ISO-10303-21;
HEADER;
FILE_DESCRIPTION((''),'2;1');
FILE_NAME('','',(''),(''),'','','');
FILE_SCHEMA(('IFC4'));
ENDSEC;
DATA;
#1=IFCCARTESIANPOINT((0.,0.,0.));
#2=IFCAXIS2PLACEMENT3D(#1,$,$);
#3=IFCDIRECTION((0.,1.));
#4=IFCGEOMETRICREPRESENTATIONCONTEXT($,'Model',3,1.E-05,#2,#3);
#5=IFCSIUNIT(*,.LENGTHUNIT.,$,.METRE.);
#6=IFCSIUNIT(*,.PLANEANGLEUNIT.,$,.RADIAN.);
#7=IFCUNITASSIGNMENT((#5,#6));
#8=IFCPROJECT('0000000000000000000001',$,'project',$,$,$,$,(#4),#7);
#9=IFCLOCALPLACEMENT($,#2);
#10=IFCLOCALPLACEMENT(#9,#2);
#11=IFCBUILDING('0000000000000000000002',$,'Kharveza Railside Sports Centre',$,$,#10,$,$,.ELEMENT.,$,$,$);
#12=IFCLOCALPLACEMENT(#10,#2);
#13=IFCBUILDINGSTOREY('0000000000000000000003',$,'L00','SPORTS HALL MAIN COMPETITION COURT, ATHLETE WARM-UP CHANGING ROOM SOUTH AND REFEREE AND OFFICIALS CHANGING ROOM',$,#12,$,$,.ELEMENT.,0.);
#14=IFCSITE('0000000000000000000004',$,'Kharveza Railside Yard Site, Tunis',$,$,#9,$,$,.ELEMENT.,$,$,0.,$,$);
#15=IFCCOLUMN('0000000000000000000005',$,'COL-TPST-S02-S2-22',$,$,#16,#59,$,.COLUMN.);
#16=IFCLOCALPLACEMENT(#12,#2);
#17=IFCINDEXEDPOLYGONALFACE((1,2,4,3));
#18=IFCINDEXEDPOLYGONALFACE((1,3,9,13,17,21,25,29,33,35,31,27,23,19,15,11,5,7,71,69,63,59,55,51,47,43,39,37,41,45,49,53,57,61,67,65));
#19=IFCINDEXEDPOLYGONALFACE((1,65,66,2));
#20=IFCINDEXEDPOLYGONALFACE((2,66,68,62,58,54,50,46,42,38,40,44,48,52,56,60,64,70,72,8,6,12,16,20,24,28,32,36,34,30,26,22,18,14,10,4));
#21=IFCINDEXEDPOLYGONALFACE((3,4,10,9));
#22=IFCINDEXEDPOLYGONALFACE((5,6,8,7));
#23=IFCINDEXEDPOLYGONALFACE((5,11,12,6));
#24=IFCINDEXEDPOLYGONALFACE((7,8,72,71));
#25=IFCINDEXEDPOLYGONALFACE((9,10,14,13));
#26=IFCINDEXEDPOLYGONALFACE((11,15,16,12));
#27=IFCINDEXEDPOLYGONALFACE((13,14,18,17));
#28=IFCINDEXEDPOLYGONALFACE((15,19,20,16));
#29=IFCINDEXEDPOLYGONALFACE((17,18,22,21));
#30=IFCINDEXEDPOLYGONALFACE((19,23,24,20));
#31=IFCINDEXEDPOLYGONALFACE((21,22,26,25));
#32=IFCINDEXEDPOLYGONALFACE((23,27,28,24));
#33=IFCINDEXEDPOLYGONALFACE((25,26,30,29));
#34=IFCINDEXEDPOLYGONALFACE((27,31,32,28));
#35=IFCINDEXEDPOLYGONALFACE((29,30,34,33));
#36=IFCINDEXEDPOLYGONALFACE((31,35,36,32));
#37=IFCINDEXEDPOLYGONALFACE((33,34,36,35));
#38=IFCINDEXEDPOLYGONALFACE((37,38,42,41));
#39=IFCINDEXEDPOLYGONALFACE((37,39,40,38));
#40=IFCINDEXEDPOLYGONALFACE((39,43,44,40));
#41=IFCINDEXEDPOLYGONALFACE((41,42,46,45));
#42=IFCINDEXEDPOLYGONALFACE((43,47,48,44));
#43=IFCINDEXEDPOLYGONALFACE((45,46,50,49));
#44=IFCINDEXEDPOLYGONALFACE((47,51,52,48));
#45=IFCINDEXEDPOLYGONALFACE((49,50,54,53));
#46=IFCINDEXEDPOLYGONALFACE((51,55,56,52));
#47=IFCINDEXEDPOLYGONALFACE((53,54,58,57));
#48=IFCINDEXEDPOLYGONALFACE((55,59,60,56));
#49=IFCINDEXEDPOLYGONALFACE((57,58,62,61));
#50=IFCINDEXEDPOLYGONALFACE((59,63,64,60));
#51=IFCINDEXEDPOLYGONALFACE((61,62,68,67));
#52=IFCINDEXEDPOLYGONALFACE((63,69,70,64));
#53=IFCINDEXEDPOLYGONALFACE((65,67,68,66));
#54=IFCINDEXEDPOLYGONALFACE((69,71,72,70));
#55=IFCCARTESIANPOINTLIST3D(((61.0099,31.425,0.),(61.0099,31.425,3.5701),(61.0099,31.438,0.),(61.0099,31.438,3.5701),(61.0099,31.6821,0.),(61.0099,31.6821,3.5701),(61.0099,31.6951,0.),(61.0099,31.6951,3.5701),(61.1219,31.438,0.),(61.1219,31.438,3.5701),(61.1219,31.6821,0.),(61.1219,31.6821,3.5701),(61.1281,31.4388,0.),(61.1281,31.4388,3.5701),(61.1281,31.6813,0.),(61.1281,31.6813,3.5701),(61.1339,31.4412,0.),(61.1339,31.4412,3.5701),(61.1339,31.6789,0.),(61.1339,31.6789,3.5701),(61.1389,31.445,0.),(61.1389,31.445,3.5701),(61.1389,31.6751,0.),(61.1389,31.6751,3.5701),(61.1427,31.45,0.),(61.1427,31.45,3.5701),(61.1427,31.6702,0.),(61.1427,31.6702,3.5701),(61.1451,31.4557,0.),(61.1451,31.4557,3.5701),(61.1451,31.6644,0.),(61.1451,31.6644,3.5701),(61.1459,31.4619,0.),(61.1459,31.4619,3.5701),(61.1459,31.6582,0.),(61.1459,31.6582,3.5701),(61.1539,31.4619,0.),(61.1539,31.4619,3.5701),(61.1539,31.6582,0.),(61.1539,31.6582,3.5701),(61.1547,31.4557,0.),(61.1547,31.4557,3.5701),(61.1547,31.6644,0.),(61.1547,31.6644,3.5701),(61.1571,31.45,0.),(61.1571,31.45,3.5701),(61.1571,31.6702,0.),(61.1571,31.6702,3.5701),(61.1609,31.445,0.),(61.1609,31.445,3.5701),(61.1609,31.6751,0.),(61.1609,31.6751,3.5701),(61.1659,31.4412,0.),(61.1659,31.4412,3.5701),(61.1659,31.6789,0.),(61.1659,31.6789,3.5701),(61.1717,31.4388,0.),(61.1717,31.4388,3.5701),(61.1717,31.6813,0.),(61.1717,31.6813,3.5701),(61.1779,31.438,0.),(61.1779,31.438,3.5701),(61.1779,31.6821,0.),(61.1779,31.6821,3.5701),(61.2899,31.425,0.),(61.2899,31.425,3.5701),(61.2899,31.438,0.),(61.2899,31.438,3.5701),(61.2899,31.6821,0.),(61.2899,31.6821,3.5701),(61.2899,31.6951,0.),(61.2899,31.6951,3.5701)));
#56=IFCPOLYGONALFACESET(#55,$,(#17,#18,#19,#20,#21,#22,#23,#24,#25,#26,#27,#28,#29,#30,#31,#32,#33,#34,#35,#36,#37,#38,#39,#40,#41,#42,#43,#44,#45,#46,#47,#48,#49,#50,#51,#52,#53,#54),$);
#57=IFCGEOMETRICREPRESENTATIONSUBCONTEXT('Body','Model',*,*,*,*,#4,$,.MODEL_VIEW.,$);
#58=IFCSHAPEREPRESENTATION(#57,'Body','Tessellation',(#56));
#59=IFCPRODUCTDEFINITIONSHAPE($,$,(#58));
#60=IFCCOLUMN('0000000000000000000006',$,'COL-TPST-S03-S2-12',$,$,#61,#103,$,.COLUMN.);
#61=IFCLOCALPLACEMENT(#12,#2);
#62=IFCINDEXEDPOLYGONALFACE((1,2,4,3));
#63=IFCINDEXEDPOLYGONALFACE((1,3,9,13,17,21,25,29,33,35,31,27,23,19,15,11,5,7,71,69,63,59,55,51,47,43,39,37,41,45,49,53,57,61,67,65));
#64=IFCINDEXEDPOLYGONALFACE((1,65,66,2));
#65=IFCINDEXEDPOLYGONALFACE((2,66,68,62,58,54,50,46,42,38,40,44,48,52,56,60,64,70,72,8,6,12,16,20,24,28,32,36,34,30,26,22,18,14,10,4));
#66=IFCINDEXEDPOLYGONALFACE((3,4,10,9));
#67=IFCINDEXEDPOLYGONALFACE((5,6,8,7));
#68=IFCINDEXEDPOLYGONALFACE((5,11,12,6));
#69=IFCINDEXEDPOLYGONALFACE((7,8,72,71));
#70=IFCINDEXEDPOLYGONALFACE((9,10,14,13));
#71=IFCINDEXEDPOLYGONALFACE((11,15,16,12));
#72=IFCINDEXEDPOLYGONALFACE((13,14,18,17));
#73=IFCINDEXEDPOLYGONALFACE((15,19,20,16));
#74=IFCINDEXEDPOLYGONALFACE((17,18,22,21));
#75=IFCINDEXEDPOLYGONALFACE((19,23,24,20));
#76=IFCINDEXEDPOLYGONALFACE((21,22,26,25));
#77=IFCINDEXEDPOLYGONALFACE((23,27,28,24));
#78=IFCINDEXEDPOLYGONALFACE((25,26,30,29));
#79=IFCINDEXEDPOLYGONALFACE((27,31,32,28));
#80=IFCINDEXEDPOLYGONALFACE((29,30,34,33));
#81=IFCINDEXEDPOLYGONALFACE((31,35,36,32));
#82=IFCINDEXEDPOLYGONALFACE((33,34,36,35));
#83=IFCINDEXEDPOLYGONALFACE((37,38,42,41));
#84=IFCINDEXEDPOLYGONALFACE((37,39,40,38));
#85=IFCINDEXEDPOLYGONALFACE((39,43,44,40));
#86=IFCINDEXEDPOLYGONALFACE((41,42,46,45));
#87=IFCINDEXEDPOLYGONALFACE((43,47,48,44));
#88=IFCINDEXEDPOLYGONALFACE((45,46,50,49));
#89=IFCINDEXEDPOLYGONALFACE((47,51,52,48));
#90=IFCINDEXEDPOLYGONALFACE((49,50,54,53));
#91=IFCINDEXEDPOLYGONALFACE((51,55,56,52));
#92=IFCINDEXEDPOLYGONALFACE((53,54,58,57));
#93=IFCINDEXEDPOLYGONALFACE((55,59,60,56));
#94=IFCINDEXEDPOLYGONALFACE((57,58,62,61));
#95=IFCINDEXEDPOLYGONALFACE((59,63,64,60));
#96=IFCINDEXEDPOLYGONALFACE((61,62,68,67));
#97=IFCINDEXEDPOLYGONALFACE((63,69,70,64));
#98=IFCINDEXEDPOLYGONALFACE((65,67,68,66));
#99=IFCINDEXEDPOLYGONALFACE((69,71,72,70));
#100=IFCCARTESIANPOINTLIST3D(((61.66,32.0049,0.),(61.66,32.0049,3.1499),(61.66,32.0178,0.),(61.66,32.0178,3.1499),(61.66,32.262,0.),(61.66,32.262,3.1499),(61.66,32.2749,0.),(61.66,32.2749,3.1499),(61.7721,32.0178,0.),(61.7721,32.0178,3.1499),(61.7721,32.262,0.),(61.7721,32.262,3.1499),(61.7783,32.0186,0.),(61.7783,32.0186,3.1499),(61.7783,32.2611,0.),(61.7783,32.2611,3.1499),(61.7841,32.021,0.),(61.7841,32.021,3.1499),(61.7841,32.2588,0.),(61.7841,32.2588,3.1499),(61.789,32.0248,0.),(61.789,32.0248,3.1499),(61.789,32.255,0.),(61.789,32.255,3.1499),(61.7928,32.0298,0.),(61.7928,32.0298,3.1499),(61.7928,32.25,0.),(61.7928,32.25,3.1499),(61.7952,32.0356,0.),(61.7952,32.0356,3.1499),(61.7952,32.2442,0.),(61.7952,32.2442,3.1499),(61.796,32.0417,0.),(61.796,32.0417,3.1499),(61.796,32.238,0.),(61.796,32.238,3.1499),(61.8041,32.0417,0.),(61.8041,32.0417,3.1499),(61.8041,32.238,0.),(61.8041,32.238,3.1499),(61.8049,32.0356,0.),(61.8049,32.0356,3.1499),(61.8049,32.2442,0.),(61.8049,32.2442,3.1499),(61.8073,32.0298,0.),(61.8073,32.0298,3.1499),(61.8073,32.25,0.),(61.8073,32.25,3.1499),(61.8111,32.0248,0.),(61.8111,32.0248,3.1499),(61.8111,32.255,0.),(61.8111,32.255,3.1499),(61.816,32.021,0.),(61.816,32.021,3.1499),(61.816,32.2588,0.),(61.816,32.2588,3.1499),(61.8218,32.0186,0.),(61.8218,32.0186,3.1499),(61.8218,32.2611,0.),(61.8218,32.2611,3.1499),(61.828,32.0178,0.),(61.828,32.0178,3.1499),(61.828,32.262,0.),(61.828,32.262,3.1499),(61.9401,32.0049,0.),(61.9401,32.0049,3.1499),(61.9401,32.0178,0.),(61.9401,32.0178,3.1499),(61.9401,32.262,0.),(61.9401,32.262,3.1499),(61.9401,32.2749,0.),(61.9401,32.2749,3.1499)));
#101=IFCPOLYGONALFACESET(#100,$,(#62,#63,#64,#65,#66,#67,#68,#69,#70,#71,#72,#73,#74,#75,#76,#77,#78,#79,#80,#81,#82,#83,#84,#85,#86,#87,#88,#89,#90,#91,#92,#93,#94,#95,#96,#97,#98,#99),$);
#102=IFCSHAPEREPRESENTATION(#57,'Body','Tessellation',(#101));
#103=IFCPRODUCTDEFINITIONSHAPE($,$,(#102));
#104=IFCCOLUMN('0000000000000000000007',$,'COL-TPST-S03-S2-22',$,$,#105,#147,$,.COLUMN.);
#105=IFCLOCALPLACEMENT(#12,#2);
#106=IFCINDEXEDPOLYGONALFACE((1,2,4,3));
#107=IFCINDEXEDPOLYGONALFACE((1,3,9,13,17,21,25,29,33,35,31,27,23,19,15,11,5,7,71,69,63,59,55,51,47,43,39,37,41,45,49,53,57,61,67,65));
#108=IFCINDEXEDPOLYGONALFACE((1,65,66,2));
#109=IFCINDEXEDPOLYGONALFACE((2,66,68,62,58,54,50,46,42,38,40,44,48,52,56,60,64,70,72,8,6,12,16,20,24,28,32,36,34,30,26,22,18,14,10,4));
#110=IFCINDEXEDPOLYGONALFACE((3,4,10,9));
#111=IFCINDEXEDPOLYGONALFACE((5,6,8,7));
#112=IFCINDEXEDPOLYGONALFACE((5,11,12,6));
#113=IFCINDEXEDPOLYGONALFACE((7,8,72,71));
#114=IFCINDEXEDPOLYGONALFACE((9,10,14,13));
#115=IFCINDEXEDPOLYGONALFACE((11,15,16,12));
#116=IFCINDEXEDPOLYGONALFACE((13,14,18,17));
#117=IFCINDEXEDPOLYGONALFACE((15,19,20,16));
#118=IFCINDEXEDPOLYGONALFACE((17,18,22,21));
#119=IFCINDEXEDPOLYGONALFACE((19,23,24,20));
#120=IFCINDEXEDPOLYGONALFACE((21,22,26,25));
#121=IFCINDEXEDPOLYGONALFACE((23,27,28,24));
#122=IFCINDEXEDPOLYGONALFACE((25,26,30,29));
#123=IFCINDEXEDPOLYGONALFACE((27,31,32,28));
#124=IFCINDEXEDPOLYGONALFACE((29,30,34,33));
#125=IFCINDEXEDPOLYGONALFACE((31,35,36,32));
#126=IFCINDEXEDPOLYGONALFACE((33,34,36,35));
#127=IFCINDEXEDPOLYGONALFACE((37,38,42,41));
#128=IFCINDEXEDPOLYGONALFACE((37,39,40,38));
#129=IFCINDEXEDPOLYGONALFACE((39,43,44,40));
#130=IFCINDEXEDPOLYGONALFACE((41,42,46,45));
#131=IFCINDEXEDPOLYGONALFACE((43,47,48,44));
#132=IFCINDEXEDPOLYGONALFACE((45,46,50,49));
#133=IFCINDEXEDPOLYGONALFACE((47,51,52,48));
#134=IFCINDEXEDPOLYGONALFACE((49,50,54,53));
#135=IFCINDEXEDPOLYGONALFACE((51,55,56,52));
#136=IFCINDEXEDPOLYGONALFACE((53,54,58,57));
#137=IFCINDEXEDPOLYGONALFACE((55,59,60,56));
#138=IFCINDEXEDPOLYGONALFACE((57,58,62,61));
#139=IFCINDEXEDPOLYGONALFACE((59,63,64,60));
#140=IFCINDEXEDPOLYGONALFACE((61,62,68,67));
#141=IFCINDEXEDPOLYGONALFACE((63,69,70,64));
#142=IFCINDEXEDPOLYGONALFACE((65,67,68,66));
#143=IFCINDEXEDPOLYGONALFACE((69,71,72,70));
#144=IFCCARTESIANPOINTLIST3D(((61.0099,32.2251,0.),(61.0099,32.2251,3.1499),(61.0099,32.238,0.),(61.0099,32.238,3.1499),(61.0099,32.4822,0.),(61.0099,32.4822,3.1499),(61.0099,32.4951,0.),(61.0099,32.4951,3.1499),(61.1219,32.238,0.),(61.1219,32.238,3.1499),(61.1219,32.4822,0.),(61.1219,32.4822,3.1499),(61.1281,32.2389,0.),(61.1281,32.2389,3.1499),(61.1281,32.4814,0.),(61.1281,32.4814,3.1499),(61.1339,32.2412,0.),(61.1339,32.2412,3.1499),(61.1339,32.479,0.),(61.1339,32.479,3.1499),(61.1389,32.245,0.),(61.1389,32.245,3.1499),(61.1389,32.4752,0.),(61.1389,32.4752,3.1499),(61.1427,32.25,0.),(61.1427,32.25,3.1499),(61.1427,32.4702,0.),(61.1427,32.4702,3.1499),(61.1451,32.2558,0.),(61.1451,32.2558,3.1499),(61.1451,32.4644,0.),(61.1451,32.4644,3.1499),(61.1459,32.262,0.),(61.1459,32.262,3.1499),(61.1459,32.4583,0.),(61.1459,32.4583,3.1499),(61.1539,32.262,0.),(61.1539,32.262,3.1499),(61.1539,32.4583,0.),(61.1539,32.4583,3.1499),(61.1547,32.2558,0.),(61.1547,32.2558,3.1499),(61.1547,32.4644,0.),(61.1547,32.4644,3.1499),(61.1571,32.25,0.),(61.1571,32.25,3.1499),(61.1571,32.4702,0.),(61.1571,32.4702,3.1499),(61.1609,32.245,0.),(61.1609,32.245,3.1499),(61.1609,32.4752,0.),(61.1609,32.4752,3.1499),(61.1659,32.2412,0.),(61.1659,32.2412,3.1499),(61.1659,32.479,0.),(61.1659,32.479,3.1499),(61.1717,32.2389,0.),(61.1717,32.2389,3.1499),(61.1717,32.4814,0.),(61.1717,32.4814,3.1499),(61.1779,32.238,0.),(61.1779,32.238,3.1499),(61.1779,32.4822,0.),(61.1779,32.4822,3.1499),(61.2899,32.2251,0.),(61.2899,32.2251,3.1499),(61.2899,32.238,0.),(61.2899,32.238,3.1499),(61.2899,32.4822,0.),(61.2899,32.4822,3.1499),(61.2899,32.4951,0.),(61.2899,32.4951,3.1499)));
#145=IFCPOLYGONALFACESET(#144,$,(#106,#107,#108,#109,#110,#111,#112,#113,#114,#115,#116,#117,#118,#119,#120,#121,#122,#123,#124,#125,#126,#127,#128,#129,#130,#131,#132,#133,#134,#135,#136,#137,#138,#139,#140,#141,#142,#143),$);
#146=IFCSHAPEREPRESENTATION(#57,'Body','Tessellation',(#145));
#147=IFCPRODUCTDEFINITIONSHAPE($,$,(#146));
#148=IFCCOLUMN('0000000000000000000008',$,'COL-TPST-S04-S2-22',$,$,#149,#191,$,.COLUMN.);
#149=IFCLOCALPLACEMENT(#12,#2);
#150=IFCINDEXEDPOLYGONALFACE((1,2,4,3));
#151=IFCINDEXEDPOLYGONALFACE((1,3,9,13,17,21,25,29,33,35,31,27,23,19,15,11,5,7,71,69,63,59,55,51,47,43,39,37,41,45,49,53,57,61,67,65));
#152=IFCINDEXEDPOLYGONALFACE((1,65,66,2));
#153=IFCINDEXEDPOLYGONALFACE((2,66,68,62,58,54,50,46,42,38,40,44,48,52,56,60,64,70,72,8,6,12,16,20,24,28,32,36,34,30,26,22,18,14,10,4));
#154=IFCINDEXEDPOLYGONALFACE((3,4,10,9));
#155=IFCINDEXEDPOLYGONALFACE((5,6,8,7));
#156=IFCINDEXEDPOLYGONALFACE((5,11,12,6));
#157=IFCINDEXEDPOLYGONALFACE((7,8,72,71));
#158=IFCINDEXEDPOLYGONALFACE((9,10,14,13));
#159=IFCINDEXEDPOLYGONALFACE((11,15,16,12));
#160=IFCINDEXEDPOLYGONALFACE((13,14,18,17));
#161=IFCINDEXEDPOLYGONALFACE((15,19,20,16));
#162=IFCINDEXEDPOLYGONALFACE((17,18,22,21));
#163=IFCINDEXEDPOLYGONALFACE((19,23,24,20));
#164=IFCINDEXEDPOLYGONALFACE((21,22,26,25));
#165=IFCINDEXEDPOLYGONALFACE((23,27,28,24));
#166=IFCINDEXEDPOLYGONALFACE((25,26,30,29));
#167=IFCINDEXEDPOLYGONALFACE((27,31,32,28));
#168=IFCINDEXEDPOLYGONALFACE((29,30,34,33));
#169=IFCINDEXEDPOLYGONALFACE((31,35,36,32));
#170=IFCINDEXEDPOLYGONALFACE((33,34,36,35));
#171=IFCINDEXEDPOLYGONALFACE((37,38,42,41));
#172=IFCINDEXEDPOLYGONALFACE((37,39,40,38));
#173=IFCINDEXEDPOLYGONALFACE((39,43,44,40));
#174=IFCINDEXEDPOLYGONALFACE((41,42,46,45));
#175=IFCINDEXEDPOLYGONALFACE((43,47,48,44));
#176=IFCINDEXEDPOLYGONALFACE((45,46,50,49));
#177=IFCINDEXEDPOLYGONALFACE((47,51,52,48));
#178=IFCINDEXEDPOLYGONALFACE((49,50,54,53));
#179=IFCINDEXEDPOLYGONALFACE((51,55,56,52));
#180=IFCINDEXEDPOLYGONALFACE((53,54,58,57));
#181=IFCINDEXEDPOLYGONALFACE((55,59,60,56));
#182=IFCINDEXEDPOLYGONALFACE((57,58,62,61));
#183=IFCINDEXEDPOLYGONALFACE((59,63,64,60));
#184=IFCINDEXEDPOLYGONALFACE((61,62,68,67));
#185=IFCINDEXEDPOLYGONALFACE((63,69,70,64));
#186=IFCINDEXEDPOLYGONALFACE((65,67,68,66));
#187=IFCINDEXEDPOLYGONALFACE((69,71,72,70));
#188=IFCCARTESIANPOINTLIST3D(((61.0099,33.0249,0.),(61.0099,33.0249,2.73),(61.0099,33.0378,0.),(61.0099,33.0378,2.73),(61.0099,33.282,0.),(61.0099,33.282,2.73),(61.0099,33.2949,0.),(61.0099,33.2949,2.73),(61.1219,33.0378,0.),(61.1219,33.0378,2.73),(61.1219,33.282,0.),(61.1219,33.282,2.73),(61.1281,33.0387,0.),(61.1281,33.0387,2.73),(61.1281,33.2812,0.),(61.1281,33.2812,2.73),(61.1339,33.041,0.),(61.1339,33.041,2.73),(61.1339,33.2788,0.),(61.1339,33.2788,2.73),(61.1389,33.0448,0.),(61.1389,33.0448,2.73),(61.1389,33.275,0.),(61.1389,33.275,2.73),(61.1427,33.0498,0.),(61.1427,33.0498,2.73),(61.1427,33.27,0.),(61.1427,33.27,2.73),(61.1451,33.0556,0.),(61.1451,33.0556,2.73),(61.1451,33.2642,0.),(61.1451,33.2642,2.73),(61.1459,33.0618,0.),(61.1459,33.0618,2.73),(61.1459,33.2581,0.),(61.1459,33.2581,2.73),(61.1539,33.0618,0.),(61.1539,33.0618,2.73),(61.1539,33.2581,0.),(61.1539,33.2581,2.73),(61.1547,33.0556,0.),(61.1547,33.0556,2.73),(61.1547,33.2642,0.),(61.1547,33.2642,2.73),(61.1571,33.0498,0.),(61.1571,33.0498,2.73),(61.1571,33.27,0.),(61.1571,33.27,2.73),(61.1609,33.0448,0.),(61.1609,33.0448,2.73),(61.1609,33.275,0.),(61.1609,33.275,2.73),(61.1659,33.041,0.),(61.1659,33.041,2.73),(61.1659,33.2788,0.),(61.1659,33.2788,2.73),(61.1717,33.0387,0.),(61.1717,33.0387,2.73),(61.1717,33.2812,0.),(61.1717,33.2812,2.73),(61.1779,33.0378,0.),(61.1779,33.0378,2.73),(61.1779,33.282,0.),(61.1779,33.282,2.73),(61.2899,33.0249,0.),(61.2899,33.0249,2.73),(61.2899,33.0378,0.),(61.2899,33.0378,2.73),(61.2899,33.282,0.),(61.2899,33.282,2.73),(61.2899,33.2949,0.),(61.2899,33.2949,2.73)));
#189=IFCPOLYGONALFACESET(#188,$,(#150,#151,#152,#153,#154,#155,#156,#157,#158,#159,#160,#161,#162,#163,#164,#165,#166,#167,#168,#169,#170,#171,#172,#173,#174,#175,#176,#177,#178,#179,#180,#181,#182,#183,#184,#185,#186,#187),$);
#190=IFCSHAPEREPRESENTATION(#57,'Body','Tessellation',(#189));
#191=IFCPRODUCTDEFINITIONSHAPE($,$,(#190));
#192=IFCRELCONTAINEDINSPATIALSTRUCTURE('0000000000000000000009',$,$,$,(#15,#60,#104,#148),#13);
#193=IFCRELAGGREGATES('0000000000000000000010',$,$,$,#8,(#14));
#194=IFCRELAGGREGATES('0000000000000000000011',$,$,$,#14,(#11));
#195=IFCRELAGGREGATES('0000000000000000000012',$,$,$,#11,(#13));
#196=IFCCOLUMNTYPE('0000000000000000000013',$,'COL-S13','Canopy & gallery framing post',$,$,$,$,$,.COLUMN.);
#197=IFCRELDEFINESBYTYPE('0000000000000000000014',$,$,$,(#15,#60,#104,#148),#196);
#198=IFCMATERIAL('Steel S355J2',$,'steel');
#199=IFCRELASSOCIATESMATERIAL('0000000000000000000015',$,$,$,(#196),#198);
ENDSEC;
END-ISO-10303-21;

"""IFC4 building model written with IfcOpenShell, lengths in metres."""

from ifc_helpers import new_model, si_unit, direction, frame, origin, origin_2d, place, context, subcontext, project, spatial, i_section, extrude, material, material_profile, profile_set, type_object, element, save


model = new_model("IFC4")

# Units and contexts
model_context = context("Model", 3, precision=1e-05, world=origin(), true_north=direction((0.0, 1.0)))
body_context = subcontext(model_context, "Body", "Model", "MODEL_VIEW")
ifc_project = project(units=[si_unit("LENGTHUNIT", "METRE"), si_unit("PLANEANGLEUNIT", "RADIAN")], contexts=[model_context])

# Site, building, storey
site_placement = place(None, origin())
site = spatial("IfcSite", under=ifc_project, at=site_placement, Name="Kharveza Railside Yard Site, Tunis", CompositionType="ELEMENT", RefElevation=0.0)
building_placement = place(site_placement, origin())
building = spatial("IfcBuilding", under=site, at=building_placement, Name="Kharveza Railside Sports Centre", CompositionType="ELEMENT")
storey_placement = place(building_placement, origin())
storey = spatial("IfcBuildingStorey", under=building, at=storey_placement, Name="L00", Description="SPORTS HALL MAIN COMPETITION COURT, ATHLETE WARM-UP CHANGING ROOM SOUTH AND REFEREE AND OFFICIALS CHANGING ROOM", CompositionType="ELEMENT", Elevation=0.0)

# Columns
ifc_material_1 = material(Name="Steel S355J2", Category="steel")
ifc_material_profile_1 = material_profile(ifc_material_1, i_section(OverallWidth=0.28, OverallDepth=0.27, WebThickness=0.0081, FlangeThickness=0.0129, FilletRadius=0.0239, at=origin_2d()), Name="HEA 280")
ifc_profile_set_1 = profile_set([ifc_material_profile_1], Name="Steel S355J2")
column_type_1 = type_object("IfcColumnType", Name="COL-S13", Description="Canopy & gallery framing post", PredefinedType="COLUMN", material=ifc_profile_set_1)
for number, where, z_axis, x_axis, name in (
    (1, (61.1499, 31.5601, 0.0), (0.0, 0.0, 1.0), (1.0, 0.0, 0.0), "COL-TPST-S02-S2-22"),
):
    element("IfcColumn", number, at=place(storey_placement, frame(where, z_axis=z_axis, x_axis=x_axis)), inside=storey, type_object=column_type_1, Name=name, PredefinedType="COLUMN", context=body_context, shape_type="SweptSolid", body=[
        extrude(i_section(OverallWidth=0.28, OverallDepth=0.27, WebThickness=0.0081, FlangeThickness=0.0129, FilletRadius=0.0239, at=origin_2d()), origin(), (0.0, 0.0, 1.0), 3.5701),
    ])
for number, where, z_axis, x_axis, name in (
    (2, (61.8, 32.1399, 0.0), (0.0, 0.0, 1.0), (1.0, 0.0, 0.0), "COL-TPST-S03-S2-12"),
    (3, (61.1499, 32.3601, 0.0), (0.0, 0.0, 1.0), (1.0, 0.0, 0.0), "COL-TPST-S03-S2-22"),
):
    element("IfcColumn", number, at=place(storey_placement, frame(where, z_axis=z_axis, x_axis=x_axis)), inside=storey, type_object=column_type_1, Name=name, PredefinedType="COLUMN", context=body_context, shape_type="SweptSolid", body=[
        extrude(i_section(OverallWidth=0.28, OverallDepth=0.27, WebThickness=0.0081, FlangeThickness=0.0129, FilletRadius=0.0239, at=origin_2d()), origin(), (0.0, 0.0, 1.0), 3.1499),
    ])
column_1_placement = place(storey_placement, frame((61.1499, 33.1599, 0.0), z_axis=(0.0, 0.0, 1.0), x_axis=(1.0, 0.0, 0.0)))
element("IfcColumn", 4, at=column_1_placement, inside=storey, type_object=column_type_1, Name="COL-TPST-S04-S2-22", PredefinedType="COLUMN", context=body_context, shape_type="SweptSolid", body=[
    extrude(i_section(OverallWidth=0.28, OverallDepth=0.27, WebThickness=0.0081, FlangeThickness=0.0129, FilletRadius=0.0239, at=origin_2d()), origin(), (0.0, 0.0, 1.0), 2.73),
])

save(model, "model.ifc")
